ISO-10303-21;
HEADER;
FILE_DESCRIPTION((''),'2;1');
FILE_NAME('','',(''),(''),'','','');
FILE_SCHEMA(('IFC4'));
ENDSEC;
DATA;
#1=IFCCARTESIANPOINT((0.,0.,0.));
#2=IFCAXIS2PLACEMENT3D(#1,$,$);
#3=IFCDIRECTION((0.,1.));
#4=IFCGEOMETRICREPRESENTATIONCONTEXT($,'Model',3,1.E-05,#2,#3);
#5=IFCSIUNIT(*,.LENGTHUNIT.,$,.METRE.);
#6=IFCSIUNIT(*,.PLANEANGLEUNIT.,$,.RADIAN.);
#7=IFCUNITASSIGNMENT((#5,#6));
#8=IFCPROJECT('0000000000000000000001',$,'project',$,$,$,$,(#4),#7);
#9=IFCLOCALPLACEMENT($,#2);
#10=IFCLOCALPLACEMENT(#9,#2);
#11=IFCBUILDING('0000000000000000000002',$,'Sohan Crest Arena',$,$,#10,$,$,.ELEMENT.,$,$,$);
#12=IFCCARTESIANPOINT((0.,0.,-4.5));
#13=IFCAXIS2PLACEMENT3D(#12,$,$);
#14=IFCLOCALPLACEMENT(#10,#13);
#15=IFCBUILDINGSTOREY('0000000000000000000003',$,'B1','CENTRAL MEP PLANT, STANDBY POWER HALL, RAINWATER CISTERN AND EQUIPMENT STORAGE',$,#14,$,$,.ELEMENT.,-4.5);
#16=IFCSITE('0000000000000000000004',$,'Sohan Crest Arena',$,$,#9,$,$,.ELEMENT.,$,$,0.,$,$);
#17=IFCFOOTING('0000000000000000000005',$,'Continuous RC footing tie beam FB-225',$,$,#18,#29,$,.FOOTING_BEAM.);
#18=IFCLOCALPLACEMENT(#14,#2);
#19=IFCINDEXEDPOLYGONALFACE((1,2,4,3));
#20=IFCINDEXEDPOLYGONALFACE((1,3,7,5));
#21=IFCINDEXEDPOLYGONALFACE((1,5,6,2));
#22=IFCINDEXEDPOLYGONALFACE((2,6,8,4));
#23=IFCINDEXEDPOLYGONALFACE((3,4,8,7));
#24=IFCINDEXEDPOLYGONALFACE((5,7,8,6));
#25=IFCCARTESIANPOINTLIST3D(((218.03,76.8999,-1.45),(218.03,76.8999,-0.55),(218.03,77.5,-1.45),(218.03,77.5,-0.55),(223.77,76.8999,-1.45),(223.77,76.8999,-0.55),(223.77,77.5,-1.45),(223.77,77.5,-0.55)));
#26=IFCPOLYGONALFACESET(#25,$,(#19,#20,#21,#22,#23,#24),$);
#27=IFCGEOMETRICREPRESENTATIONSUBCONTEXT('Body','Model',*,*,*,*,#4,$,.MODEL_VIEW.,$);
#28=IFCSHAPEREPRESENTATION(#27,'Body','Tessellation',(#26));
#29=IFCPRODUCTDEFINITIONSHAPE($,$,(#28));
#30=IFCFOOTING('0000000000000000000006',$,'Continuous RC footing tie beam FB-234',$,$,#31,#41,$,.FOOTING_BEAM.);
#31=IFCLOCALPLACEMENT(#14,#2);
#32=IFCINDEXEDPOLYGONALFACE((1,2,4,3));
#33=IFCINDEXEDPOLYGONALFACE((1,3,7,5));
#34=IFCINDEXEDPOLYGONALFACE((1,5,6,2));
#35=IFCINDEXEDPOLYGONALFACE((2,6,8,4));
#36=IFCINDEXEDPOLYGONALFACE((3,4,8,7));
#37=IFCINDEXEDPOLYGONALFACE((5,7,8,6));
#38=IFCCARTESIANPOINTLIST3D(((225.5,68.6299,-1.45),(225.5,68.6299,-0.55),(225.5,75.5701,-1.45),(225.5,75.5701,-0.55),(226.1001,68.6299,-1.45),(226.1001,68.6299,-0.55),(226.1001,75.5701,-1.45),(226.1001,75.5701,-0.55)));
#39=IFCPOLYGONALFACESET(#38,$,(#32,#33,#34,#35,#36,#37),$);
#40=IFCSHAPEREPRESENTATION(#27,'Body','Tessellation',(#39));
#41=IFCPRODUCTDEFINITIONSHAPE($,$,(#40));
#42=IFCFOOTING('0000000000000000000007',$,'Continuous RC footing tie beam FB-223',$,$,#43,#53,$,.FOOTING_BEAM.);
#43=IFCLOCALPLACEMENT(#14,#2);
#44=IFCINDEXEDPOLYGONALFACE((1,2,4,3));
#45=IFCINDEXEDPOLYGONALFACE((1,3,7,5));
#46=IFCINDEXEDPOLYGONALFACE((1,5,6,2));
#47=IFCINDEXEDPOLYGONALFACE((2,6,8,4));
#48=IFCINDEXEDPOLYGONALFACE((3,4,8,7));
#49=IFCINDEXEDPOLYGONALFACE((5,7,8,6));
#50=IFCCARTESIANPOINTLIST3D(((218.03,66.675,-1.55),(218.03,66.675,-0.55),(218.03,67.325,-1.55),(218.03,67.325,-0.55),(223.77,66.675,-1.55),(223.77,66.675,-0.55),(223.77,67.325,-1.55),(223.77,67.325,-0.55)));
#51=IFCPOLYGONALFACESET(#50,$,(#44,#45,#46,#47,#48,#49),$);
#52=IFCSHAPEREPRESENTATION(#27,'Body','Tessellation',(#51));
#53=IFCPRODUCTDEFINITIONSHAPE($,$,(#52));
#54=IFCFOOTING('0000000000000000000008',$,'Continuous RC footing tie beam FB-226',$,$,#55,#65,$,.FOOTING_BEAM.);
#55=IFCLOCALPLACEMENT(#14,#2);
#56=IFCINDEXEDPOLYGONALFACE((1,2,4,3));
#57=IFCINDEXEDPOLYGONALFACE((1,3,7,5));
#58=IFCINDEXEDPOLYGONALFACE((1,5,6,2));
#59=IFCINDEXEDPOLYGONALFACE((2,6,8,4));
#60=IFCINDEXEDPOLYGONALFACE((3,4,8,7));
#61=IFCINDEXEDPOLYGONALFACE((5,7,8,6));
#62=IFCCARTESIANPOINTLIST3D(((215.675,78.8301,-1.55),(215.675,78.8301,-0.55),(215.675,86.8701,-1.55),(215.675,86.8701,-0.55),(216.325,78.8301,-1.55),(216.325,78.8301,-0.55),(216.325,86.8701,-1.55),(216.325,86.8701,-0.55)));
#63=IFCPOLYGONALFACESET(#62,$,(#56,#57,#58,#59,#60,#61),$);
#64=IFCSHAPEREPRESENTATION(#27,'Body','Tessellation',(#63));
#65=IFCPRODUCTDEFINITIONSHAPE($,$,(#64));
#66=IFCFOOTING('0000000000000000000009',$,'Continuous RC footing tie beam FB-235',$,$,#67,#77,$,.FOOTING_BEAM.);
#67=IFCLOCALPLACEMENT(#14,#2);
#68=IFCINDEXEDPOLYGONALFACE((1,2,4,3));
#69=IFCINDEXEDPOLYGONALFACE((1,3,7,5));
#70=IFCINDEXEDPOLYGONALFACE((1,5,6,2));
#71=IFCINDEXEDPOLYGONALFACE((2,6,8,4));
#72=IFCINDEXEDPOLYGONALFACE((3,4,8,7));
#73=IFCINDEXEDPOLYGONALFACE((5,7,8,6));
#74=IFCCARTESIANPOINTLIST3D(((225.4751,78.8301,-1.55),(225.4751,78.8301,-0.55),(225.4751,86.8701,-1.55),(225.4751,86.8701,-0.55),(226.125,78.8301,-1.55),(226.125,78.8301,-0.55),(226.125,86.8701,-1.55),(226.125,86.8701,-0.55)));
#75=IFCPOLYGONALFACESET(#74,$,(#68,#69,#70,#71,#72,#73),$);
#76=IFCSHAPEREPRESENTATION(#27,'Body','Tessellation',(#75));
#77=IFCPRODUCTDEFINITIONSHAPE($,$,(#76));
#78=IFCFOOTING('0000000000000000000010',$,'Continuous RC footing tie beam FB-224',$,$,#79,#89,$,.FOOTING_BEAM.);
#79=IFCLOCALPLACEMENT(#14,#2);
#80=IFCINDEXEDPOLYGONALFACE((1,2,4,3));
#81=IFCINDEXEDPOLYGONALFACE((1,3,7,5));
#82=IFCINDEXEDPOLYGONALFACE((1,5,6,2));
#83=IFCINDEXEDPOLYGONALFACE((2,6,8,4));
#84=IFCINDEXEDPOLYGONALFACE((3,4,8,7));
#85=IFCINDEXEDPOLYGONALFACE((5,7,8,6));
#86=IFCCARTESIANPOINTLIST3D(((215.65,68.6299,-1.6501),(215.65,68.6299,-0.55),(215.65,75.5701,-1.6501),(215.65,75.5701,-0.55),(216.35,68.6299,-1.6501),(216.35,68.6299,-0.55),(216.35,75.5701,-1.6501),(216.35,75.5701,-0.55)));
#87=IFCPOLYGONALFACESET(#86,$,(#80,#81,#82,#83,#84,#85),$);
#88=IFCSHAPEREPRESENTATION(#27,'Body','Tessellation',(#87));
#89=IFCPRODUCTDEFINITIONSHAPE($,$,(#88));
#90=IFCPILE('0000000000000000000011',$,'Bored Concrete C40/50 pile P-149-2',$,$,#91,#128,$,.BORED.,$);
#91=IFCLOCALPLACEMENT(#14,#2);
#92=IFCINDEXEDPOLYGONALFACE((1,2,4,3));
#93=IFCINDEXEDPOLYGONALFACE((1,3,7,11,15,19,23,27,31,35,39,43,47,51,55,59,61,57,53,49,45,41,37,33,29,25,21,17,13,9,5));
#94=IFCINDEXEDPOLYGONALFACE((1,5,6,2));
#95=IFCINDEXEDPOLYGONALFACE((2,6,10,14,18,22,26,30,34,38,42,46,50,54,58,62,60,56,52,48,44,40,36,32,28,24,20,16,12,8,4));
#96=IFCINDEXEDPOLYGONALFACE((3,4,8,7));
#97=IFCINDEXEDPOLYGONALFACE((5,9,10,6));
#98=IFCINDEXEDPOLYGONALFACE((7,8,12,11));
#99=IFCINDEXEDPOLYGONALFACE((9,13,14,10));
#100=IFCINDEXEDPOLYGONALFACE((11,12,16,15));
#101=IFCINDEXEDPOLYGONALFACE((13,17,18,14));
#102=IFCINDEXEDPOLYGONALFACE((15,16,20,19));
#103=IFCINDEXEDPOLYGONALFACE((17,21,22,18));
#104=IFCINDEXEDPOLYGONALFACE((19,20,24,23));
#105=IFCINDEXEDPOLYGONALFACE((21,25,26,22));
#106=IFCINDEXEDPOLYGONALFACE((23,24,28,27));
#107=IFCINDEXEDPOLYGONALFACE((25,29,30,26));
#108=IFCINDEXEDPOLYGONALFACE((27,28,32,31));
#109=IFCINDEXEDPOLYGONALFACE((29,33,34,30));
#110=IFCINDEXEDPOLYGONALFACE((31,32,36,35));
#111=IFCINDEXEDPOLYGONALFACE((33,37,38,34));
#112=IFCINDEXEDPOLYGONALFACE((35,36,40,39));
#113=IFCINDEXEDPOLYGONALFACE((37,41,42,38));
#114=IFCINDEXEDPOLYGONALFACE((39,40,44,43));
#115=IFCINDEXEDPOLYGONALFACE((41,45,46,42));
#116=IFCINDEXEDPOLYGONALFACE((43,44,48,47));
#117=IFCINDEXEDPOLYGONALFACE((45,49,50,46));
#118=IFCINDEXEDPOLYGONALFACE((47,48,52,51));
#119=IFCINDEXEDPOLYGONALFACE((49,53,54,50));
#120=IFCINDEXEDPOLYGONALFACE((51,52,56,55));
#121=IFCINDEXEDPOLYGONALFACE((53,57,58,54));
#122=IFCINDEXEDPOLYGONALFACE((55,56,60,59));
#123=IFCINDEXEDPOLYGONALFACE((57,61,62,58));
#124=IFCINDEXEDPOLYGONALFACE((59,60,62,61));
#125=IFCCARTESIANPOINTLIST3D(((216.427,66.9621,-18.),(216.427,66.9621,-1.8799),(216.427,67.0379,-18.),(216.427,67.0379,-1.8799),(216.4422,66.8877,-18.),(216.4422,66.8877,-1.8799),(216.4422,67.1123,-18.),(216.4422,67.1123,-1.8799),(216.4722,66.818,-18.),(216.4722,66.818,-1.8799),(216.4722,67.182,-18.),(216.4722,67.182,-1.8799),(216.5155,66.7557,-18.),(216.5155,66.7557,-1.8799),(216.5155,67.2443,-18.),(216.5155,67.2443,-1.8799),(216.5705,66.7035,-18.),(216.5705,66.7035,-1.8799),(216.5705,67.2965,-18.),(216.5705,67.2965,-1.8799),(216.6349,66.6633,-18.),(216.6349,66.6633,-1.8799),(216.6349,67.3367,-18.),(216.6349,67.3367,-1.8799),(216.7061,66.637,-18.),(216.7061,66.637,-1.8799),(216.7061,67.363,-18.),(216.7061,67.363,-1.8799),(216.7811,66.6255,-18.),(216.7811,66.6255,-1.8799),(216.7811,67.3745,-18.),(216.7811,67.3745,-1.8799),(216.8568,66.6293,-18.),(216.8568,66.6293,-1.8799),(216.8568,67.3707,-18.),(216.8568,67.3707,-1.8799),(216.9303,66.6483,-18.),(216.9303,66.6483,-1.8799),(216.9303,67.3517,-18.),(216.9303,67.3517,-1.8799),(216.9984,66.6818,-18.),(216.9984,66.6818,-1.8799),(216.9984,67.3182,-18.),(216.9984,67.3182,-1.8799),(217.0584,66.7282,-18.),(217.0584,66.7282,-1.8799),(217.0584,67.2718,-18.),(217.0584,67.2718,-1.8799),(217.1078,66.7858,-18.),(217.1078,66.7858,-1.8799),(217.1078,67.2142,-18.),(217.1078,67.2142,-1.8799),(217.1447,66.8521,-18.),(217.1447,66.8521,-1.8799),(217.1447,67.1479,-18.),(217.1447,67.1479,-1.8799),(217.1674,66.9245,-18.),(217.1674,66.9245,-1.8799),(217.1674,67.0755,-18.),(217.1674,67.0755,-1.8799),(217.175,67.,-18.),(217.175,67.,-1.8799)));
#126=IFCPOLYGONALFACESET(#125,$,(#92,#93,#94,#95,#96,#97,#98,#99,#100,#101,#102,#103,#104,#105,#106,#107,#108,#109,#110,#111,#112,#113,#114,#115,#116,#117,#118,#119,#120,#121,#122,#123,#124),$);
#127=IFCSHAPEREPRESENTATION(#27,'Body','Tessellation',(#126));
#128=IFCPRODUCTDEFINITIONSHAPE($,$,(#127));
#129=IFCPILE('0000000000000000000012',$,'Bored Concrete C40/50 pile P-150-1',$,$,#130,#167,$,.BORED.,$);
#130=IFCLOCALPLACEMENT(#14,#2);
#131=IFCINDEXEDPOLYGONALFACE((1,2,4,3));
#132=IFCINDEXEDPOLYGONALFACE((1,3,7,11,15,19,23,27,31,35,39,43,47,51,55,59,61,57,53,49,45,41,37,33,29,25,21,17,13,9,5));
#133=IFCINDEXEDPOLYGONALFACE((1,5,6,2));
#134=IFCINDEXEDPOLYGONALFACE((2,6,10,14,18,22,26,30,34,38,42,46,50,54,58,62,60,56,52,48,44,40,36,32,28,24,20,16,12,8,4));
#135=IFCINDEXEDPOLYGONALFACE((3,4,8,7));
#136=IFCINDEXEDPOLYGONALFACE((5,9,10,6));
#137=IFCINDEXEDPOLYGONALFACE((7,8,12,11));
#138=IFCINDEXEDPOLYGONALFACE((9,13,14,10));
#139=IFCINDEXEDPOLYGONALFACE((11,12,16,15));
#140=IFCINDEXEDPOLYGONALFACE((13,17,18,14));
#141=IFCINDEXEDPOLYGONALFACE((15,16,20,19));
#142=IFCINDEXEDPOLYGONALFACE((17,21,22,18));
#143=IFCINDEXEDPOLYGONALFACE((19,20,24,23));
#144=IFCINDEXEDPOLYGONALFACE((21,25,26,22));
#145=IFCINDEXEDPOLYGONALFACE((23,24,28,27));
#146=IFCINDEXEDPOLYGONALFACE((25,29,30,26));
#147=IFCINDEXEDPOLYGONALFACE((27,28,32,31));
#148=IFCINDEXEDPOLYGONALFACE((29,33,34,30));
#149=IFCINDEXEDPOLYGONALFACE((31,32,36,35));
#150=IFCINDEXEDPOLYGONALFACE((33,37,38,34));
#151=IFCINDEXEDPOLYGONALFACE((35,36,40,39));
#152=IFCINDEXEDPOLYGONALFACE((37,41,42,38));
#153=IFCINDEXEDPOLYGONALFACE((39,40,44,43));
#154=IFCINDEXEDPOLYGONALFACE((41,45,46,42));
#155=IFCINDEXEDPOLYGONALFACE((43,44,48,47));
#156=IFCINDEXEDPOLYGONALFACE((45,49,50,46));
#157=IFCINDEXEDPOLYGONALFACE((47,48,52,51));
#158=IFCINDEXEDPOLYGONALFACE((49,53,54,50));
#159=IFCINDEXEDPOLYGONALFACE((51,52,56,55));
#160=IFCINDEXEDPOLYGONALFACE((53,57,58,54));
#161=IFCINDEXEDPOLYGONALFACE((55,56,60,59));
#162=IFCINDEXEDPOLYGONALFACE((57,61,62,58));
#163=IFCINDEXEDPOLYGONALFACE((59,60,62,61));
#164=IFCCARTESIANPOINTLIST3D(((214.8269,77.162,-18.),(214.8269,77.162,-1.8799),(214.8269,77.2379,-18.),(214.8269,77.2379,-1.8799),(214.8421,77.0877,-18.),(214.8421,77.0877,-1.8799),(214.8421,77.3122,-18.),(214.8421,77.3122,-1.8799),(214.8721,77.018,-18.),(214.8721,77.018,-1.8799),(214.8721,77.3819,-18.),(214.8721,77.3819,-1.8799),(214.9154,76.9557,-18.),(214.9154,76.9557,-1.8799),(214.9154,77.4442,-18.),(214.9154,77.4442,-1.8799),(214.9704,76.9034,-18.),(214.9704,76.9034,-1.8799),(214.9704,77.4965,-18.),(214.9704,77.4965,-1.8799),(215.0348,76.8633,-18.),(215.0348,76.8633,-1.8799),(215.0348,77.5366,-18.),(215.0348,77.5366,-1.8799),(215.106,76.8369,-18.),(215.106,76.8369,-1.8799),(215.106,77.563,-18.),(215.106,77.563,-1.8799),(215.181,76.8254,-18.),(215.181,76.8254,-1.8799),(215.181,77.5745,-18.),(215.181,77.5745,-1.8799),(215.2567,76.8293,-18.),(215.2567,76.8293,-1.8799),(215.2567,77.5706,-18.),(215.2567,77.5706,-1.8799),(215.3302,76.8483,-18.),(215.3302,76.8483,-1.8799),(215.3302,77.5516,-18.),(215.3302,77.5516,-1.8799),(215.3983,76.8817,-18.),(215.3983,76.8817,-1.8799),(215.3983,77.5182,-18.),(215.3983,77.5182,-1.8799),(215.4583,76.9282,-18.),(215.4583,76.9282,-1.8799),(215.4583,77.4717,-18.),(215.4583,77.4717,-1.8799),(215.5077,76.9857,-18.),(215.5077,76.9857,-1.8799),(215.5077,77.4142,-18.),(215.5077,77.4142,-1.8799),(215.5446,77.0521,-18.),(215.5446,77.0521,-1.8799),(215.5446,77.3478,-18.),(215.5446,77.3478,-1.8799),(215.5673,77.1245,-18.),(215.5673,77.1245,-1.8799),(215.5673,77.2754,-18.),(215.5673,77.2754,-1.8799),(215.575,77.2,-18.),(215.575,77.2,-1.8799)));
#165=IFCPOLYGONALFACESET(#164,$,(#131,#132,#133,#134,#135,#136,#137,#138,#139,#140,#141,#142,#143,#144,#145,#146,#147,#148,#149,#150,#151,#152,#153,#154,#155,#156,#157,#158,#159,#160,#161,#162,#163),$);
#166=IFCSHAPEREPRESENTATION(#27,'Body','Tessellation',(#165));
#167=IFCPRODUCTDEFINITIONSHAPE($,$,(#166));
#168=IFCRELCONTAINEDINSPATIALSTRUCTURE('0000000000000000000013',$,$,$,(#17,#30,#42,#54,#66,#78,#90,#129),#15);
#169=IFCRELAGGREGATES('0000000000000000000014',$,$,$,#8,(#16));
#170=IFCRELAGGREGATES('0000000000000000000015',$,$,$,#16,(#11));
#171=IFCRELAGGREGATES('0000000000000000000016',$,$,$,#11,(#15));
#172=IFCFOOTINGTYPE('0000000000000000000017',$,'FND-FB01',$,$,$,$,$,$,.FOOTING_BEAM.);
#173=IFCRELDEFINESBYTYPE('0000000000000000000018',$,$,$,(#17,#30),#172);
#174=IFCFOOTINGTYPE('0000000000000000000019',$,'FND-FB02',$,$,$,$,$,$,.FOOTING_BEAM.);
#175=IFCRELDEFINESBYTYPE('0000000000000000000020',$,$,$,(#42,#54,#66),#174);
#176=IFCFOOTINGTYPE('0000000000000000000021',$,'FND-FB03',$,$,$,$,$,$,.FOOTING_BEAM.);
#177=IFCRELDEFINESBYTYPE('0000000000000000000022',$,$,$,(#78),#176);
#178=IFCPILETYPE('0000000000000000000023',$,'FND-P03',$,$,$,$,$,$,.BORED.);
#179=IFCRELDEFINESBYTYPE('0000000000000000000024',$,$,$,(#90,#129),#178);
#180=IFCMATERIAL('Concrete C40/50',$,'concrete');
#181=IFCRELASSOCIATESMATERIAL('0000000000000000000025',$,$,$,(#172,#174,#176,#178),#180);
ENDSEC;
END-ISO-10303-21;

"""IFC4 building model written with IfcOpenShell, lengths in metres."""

from ifc_helpers import new_model, si_unit, direction, frame, origin, origin_2d, place, context, subcontext, project, spatial, rectangle, circle, extrude, material, material_profile, profile_set, type_object, element, save


model = new_model("IFC4")

# Units and contexts
model_context = context("Model", 3, precision=1e-05, world=origin(), true_north=direction((0.0, 1.0)))
body_context = subcontext(model_context, "Body", "Model", "MODEL_VIEW")
ifc_project = project(units=[si_unit("LENGTHUNIT", "METRE"), si_unit("PLANEANGLEUNIT", "RADIAN")], contexts=[model_context])

# Site, building, storey
site_placement = place(None, origin())
site = spatial("IfcSite", under=ifc_project, at=site_placement, Name="Sohan Crest Arena", CompositionType="ELEMENT", RefElevation=0.0)
building_placement = place(site_placement, origin())
building = spatial("IfcBuilding", under=site, at=building_placement, Name="Sohan Crest Arena", CompositionType="ELEMENT")
storey_placement = place(building_placement, frame((0.0, 0.0, -4.5)))
storey = spatial("IfcBuildingStorey", under=building, at=storey_placement, Name="B1", Description="CENTRAL MEP PLANT, STANDBY POWER HALL, RAINWATER CISTERN AND EQUIPMENT STORAGE", CompositionType="ELEMENT", Elevation=-4.5)

# Footings
ifc_material = material(Name="Concrete C40/50", Category="concrete")
ifc_material_profile_1 = material_profile(ifc_material, rectangle(XDim=0.6001, YDim=0.8999, at=origin_2d()), Name="RC-FB 600x900")
ifc_profile_set_1 = profile_set([ifc_material_profile_1], Name="Concrete C40/50")
footing_type_1 = type_object("IfcFootingType", Name="FND-FB01", PredefinedType="FOOTING_BEAM", material=ifc_profile_set_1)
footing_1_placement = place(storey_placement, frame((218.03, 77.2, -1.0), z_axis=(1.0, 0.0, 0.0), x_axis=(0.0, 1.0, 0.0)))
element("IfcFooting", 1, at=footing_1_placement, inside=storey, type_object=footing_type_1, Name="Continuous RC footing tie beam FB-225", PredefinedType="FOOTING_BEAM", context=body_context, shape_type="SweptSolid", body=[
    extrude(rectangle(XDim=0.6001, YDim=0.8999, at=origin_2d()), origin(), (0.0, 0.0, 1.0), 5.74),
])
footing_2_placement = place(storey_placement, frame((225.8, 68.6299, -1.0), z_axis=(0.0, 1.0, 0.0), x_axis=(-1.0, 0.0, 0.0)))
element("IfcFooting", 2, at=footing_2_placement, inside=storey, type_object=footing_type_1, Name="Continuous RC footing tie beam FB-234", PredefinedType="FOOTING_BEAM", context=body_context, shape_type="SweptSolid", body=[
    extrude(rectangle(XDim=0.6001, YDim=0.8999, at=origin_2d()), origin(), (0.0, 0.0, 1.0), 6.9402),
])
ifc_material_profile_2 = material_profile(ifc_material, rectangle(XDim=0.6499, YDim=1.0, at=origin_2d()), Name="RC-FB 650x1000")
ifc_profile_set_2 = profile_set([ifc_material_profile_2], Name="Concrete C40/50")
footing_type_2 = type_object("IfcFootingType", Name="FND-FB02", PredefinedType="FOOTING_BEAM", material=ifc_profile_set_2)
footing_3_placement = place(storey_placement, frame((218.03, 67.0, -1.05), z_axis=(1.0, 0.0, 0.0), x_axis=(0.0, 1.0, 0.0)))
element("IfcFooting", 3, at=footing_3_placement, inside=storey, type_object=footing_type_2, Name="Continuous RC footing tie beam FB-223", PredefinedType="FOOTING_BEAM", context=body_context, shape_type="SweptSolid", body=[
    extrude(rectangle(XDim=0.6499, YDim=1.0, at=origin_2d()), origin(), (0.0, 0.0, 1.0), 5.74),
])
for number, where, z_axis, x_axis, name in (
    (4, (216.0, 78.8301, -1.05), (0.0, 1.0, 0.0), (-1.0, 0.0, 0.0), "Continuous RC footing tie beam FB-226"),
    (5, (225.8, 78.8301, -1.05), (0.0, 1.0, 0.0), (-1.0, 0.0, 0.0), "Continuous RC footing tie beam FB-235"),
):
    element("IfcFooting", number, at=place(storey_placement, frame(where, z_axis=z_axis, x_axis=x_axis)), inside=storey, type_object=footing_type_2, Name=name, PredefinedType="FOOTING_BEAM", context=body_context, shape_type="SweptSolid", body=[
        extrude(rectangle(XDim=0.6499, YDim=1.0, at=origin_2d()), origin(), (0.0, 0.0, 1.0), 8.04),
    ])
ifc_material_profile_3 = material_profile(ifc_material, rectangle(XDim=0.7, YDim=1.1001, at=origin_2d()), Name="RC-FB 700x1100")
ifc_profile_set_3 = profile_set([ifc_material_profile_3], Name="Concrete C40/50")
footing_type_3 = type_object("IfcFootingType", Name="FND-FB03", PredefinedType="FOOTING_BEAM", material=ifc_profile_set_3)
footing_4_placement = place(storey_placement, frame((216.0, 68.6299, -1.1001), z_axis=(0.0, 1.0, 0.0), x_axis=(-1.0, 0.0, 0.0)))
element("IfcFooting", 6, at=footing_4_placement, inside=storey, type_object=footing_type_3, Name="Continuous RC footing tie beam FB-224", PredefinedType="FOOTING_BEAM", context=body_context, shape_type="SweptSolid", body=[
    extrude(rectangle(XDim=0.7, YDim=1.1001, at=origin_2d()), origin(), (0.0, 0.0, 1.0), 6.9402),
])

# Piles
ifc_material_profile_4 = material_profile(ifc_material, circle(Radius=0.375, at=origin_2d()), Name="PILE D750")
ifc_profile_set_4 = profile_set([ifc_material_profile_4], Name="Concrete C40/50")
pile_type = type_object("IfcPileType", Name="FND-P03", PredefinedType="BORED", material=ifc_profile_set_4)
for number, where, z_axis, x_axis, name in (
    (7, (216.8, 67.0, -18.0), (0.0, 0.0, 1.0), (1.0, 0.0, 0.0), "Bored Concrete C40/50 pile P-149-2"),
    (8, (215.2, 77.2, -18.0), (0.0, 0.0, 1.0), (1.0, 0.0, 0.0), "Bored Concrete C40/50 pile P-150-1"),
):
    element("IfcPile", number, at=place(storey_placement, frame(where, z_axis=z_axis, x_axis=x_axis)), inside=storey, type_object=pile_type, Name=name, PredefinedType="BORED", context=body_context, shape_type="SweptSolid", body=[
        extrude(circle(Radius=0.375, at=origin_2d()), origin(), (0.0, 0.0, 1.0), 16.1201),
    ])

save(model, "model.ifc")
